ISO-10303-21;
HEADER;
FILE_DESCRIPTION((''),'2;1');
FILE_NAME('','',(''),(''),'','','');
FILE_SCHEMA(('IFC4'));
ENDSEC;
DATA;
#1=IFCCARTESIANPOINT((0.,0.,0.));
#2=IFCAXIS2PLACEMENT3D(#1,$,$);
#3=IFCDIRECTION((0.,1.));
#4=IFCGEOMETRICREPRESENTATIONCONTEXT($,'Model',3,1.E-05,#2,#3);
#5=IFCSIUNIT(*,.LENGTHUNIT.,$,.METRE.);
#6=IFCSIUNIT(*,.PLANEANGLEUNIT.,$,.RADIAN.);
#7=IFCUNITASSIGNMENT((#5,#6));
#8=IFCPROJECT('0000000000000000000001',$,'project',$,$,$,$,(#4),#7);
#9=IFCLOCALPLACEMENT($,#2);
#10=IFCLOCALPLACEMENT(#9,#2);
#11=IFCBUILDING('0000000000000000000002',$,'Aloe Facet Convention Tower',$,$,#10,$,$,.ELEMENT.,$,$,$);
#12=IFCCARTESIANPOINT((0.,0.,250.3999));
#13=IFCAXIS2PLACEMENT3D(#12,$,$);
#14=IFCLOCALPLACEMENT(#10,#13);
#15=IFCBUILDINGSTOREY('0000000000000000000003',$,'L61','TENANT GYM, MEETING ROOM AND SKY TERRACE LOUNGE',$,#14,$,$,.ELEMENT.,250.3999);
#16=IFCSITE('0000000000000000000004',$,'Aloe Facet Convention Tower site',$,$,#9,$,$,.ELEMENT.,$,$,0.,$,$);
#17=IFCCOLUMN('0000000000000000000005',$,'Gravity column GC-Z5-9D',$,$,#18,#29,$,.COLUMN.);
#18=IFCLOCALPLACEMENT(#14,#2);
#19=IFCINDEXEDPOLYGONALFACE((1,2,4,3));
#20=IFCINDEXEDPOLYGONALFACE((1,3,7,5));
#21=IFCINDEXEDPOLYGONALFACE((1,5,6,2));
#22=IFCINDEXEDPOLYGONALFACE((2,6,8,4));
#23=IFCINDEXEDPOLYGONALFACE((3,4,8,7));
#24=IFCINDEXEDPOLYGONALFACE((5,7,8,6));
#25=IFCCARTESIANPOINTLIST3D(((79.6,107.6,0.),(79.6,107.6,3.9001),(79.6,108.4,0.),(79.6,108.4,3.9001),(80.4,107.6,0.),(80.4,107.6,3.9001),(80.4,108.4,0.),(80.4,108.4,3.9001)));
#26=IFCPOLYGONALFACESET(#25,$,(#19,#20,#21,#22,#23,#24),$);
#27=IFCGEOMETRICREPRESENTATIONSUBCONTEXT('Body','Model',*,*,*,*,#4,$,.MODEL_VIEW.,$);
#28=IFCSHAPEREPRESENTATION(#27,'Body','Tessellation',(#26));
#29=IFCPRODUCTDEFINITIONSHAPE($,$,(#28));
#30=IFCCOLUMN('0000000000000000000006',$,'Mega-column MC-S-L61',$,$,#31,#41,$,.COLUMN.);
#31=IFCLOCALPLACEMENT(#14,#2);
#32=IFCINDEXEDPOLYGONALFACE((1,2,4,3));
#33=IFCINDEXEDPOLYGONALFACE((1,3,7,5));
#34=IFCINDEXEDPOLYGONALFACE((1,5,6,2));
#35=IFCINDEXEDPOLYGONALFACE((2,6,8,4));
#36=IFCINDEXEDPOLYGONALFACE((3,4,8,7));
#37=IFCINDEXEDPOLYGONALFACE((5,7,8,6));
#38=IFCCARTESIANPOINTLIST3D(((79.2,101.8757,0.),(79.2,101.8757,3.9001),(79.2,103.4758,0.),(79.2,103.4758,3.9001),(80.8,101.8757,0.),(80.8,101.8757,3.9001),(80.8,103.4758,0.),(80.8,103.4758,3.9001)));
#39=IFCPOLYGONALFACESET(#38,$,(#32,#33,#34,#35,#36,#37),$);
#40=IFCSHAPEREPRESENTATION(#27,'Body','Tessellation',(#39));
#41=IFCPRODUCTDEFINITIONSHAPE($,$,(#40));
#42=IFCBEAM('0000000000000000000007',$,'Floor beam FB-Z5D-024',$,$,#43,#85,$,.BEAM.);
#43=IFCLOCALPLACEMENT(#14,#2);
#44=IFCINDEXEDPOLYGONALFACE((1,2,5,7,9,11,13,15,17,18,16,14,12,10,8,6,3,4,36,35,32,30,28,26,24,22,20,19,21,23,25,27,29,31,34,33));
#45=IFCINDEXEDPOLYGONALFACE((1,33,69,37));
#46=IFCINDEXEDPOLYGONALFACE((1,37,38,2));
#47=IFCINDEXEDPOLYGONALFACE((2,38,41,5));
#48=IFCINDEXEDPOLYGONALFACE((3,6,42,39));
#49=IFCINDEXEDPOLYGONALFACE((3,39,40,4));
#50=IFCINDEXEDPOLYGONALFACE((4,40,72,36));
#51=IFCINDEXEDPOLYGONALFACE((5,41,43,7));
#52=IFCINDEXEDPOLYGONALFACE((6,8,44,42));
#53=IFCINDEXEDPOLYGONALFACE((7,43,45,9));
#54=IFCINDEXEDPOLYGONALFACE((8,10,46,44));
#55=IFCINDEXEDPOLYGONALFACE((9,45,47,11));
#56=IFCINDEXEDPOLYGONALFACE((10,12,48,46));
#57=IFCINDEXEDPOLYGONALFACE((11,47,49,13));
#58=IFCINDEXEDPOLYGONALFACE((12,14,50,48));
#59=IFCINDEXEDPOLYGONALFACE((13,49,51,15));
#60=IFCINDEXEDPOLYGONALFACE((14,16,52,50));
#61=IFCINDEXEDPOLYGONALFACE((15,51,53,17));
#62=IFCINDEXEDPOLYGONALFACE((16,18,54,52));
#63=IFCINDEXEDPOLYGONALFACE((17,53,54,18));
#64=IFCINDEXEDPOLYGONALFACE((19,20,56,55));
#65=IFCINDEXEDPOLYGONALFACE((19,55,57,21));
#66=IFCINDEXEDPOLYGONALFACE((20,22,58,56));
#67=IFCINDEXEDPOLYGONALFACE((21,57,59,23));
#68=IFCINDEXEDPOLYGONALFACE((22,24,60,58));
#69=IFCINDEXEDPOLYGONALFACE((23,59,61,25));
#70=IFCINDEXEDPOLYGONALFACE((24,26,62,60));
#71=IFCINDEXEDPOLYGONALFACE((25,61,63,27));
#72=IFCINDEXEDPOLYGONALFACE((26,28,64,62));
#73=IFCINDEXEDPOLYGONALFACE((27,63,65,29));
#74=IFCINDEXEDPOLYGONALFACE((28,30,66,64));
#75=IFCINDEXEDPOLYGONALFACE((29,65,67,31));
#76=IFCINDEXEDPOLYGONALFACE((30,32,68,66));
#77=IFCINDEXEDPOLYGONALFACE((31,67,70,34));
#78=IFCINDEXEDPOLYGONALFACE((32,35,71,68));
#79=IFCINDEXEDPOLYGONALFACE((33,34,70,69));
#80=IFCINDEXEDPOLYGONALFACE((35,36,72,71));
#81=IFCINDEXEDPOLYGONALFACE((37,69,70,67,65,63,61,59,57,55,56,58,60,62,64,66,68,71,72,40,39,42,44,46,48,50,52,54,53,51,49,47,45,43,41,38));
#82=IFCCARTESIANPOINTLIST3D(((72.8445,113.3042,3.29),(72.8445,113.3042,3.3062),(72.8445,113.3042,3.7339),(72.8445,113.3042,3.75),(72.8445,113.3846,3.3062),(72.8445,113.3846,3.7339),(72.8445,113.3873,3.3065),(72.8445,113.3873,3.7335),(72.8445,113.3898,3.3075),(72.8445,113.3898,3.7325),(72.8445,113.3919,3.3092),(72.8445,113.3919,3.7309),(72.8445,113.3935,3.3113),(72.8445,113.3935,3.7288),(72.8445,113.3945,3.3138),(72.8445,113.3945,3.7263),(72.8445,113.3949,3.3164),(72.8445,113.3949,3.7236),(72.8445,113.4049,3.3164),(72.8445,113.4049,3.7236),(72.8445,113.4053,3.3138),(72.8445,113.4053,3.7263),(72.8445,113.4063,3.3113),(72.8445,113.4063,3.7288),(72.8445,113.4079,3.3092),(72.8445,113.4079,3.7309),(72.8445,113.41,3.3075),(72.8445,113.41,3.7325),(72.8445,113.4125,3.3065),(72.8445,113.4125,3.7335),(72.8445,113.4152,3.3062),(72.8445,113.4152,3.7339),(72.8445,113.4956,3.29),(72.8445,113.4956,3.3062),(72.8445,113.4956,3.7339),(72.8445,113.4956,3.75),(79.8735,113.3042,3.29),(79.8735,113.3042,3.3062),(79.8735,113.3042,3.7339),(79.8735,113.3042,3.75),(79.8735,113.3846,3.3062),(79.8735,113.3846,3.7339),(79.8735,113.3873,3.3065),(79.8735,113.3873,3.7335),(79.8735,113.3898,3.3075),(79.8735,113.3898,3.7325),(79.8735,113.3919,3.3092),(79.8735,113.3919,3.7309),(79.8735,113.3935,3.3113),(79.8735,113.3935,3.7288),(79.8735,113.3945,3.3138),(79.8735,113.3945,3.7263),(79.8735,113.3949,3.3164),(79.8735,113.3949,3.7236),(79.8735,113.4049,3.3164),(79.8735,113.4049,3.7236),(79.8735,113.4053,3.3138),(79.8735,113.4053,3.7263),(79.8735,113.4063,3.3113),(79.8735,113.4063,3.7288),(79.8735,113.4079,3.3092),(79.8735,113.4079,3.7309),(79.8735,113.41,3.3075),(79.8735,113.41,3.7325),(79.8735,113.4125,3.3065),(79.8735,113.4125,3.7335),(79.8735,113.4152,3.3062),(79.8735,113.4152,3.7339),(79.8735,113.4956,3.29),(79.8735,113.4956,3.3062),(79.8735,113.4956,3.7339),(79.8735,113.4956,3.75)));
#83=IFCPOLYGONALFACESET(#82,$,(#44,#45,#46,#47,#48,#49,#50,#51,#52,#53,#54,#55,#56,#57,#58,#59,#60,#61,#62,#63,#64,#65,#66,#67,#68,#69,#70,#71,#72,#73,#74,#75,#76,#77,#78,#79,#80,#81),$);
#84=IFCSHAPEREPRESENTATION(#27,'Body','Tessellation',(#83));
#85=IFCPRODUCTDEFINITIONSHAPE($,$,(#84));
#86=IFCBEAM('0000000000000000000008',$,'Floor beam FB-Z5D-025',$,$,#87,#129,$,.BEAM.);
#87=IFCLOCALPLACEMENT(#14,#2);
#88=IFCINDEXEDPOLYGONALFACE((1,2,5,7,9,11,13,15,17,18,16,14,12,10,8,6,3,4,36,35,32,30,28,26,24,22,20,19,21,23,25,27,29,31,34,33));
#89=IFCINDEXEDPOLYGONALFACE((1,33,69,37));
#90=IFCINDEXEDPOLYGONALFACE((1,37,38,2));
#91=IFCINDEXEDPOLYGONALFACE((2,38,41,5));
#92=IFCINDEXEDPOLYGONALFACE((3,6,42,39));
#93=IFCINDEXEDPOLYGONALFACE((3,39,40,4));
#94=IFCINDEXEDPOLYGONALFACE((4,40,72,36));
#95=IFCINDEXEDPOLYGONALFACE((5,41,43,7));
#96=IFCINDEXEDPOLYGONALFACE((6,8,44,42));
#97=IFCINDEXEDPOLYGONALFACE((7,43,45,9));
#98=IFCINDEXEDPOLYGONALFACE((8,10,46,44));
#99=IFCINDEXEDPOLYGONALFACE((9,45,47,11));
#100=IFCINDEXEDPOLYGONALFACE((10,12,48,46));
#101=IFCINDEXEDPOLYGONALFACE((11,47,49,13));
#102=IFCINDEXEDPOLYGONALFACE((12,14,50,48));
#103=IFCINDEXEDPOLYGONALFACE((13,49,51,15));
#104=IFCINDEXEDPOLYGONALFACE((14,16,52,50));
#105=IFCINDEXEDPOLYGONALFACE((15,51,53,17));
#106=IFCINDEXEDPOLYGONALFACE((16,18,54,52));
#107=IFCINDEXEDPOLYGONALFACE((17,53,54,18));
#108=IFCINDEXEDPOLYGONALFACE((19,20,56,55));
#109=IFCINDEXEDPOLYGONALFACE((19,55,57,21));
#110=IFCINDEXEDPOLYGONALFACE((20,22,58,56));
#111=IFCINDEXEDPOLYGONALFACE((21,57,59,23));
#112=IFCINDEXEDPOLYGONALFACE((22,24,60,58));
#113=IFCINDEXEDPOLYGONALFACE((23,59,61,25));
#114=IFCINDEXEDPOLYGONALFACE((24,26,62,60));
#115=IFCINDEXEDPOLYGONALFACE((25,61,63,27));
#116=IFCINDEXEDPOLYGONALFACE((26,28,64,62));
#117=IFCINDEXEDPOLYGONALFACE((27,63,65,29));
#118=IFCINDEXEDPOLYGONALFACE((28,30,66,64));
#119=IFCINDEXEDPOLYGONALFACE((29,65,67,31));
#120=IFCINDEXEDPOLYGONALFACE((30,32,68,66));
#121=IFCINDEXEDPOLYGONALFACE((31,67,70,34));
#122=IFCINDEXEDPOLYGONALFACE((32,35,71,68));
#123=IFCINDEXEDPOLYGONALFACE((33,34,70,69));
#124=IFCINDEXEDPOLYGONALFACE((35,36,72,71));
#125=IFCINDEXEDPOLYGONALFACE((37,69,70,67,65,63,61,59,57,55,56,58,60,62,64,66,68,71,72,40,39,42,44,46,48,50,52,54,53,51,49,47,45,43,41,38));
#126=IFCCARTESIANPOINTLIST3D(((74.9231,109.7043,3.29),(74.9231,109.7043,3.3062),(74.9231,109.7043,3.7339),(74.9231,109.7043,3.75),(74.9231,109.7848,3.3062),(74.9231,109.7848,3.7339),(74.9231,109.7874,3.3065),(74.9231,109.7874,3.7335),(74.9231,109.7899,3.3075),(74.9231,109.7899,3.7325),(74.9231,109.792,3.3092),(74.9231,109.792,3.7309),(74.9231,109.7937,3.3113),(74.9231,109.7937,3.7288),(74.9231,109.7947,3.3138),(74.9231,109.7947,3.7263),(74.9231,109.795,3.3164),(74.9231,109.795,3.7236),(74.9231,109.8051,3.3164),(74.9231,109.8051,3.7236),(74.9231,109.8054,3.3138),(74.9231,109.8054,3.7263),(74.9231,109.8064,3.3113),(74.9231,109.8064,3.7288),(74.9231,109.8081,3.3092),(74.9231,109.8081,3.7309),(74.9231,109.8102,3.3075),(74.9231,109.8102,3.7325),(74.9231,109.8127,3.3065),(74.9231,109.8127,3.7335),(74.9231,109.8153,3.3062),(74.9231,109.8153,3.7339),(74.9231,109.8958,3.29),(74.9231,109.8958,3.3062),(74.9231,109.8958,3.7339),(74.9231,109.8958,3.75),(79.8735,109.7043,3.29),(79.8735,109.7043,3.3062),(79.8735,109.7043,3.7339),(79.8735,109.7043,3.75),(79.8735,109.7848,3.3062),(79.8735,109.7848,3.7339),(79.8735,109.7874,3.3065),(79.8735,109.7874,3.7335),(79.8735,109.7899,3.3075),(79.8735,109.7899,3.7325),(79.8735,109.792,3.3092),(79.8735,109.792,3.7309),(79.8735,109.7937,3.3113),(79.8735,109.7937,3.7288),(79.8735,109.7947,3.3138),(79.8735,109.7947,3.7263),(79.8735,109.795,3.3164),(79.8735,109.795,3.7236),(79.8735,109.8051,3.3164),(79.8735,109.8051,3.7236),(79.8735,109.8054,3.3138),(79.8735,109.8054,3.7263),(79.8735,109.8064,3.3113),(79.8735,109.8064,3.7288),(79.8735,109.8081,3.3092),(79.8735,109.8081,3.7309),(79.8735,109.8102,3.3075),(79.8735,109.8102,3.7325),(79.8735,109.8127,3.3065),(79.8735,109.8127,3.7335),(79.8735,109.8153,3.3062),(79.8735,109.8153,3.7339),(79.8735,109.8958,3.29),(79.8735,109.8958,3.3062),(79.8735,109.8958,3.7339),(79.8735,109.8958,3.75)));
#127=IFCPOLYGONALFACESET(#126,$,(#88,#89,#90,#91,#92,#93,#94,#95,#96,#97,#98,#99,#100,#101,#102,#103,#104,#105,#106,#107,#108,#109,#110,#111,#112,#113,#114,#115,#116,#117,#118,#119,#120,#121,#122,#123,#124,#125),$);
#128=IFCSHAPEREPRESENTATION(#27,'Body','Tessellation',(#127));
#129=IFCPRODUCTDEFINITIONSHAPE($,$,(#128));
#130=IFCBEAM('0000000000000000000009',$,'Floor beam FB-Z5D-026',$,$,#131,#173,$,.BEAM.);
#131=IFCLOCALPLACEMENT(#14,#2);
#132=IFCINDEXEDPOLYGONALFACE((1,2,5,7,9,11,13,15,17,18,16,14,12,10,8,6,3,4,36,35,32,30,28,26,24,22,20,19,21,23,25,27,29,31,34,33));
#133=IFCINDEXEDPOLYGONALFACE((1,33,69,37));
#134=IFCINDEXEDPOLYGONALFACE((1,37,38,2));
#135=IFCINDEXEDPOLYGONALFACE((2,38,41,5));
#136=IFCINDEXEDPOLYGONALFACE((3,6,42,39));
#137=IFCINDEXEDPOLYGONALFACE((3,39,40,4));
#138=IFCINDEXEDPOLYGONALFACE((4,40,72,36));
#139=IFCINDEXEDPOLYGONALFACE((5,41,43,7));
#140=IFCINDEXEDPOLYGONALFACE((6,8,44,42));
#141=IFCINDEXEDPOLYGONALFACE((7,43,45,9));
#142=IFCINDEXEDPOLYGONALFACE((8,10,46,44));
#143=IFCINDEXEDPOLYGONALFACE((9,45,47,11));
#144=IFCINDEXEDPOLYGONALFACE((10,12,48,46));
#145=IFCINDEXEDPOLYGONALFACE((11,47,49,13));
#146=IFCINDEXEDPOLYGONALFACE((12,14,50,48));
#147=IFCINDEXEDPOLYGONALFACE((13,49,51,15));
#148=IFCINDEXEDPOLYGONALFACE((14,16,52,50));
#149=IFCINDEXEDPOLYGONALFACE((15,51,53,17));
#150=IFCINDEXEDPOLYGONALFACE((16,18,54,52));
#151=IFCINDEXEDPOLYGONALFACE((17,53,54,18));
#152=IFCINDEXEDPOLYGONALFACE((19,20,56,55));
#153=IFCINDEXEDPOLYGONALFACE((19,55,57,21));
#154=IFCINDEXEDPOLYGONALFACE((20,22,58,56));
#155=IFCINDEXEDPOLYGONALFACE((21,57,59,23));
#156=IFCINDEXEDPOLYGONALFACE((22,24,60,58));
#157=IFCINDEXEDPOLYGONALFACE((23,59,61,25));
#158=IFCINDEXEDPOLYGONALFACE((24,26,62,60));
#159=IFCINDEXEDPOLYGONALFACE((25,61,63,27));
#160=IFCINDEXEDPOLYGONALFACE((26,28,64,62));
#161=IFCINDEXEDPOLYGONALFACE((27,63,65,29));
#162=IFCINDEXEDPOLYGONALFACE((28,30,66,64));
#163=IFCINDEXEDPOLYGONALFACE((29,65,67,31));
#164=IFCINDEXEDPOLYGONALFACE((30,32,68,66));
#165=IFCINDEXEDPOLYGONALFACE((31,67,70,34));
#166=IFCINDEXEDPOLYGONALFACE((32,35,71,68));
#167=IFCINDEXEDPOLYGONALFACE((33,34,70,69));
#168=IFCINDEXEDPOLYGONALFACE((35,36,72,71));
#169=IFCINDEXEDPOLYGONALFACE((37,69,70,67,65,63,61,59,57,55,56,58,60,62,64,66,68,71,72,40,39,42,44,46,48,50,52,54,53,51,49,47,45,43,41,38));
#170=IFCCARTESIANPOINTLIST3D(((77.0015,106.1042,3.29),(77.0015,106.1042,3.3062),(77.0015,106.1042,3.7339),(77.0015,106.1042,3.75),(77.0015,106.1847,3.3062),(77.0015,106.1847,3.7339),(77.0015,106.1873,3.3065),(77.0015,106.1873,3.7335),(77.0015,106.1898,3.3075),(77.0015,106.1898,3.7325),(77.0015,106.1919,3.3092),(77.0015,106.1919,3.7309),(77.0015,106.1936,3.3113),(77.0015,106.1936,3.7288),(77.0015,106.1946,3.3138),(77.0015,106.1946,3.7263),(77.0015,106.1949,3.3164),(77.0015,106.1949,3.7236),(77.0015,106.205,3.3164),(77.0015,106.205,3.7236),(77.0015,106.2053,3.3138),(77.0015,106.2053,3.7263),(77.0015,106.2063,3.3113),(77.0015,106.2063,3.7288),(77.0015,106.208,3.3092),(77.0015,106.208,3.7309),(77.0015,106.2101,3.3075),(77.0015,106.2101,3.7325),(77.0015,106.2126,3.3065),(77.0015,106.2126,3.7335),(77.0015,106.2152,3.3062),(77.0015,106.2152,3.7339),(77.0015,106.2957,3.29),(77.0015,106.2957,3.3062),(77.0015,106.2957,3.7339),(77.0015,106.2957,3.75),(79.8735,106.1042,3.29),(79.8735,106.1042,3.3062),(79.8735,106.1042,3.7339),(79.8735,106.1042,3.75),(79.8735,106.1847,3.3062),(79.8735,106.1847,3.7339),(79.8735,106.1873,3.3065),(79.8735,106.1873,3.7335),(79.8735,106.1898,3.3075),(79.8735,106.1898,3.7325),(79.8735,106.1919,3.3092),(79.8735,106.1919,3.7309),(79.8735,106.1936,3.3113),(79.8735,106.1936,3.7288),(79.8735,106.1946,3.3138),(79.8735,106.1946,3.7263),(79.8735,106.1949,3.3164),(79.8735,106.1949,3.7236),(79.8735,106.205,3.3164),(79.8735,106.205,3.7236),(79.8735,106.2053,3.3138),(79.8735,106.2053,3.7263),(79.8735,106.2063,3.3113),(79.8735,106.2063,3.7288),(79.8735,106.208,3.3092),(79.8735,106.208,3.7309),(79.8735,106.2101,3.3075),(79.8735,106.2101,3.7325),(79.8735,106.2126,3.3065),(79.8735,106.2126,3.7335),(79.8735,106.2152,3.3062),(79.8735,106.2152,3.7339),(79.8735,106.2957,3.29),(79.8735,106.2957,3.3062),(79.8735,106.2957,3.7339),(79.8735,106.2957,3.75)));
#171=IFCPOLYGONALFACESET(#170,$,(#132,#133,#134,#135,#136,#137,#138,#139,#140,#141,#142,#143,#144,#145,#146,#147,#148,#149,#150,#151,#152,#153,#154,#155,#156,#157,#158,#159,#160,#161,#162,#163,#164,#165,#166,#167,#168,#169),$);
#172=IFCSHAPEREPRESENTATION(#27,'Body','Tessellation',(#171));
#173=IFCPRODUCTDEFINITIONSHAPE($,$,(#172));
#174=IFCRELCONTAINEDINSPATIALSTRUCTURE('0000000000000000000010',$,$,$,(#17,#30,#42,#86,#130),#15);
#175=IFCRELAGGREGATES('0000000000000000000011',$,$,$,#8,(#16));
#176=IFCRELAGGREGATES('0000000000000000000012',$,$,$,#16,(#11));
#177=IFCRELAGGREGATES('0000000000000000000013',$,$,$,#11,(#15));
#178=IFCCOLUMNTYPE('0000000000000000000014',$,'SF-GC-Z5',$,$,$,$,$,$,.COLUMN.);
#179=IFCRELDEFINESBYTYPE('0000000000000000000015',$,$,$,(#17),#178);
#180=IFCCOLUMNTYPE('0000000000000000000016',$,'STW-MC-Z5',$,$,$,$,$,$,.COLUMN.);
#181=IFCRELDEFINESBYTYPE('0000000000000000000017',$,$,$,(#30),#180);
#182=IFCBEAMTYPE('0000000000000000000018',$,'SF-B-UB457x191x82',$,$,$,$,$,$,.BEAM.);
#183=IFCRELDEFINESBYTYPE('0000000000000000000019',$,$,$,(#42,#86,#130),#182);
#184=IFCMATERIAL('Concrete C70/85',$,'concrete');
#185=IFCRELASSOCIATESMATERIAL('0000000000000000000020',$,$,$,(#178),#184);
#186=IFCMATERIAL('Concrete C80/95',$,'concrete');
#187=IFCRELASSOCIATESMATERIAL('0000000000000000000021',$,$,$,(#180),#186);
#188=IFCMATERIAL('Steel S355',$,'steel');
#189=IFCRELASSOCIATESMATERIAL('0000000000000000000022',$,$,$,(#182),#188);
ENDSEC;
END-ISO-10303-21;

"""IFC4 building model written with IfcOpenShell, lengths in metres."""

from ifc_helpers import new_model, si_unit, direction, frame, origin, origin_2d, place, context, subcontext, project, spatial, rectangle, i_section, extrude, material, material_profile, profile_set, type_object, element, save


model = new_model("IFC4")

# Units and contexts
model_context = context("Model", 3, precision=1e-05, world=origin(), true_north=direction((0.0, 1.0)))
body_context = subcontext(model_context, "Body", "Model", "MODEL_VIEW")
ifc_project = project(units=[si_unit("LENGTHUNIT", "METRE"), si_unit("PLANEANGLEUNIT", "RADIAN")], contexts=[model_context])

# Site, building, storey
site_placement = place(None, origin())
site = spatial("IfcSite", under=ifc_project, at=site_placement, Name="Aloe Facet Convention Tower site", CompositionType="ELEMENT", RefElevation=0.0)
building_placement = place(site_placement, origin())
building = spatial("IfcBuilding", under=site, at=building_placement, Name="Aloe Facet Convention Tower", CompositionType="ELEMENT")
storey_placement = place(building_placement, frame((0.0, 0.0, 250.3999)))
storey = spatial("IfcBuildingStorey", under=building, at=storey_placement, Name="L61", Description="TENANT GYM, MEETING ROOM AND SKY TERRACE LOUNGE", CompositionType="ELEMENT", Elevation=250.3999)

# Columns
ifc_material_1 = material(Name="Concrete C70/85", Category="concrete")
ifc_material_profile_1 = material_profile(ifc_material_1, rectangle(XDim=0.8, YDim=0.8, at=origin_2d()), Name="SF-GC-Z5")
ifc_profile_set_1 = profile_set([ifc_material_profile_1], Name="Concrete C70/85")
column_type_1 = type_object("IfcColumnType", Name="SF-GC-Z5", PredefinedType="COLUMN", material=ifc_profile_set_1)
column_1_placement = place(storey_placement, frame((80.0, 108.0, 0.0), z_axis=(0.0, 0.0, 1.0), x_axis=(1.0, 0.0, 0.0)))
element("IfcColumn", 1, at=column_1_placement, inside=storey, type_object=column_type_1, Name="Gravity column GC-Z5-9D", PredefinedType="COLUMN", context=body_context, shape_type="SweptSolid", body=[
    extrude(rectangle(XDim=0.8, YDim=0.8, at=origin_2d()), origin(), (0.0, 0.0, 1.0), 3.9001),
])
ifc_material_2 = material(Name="Concrete C80/95", Category="concrete")
ifc_material_profile_2 = material_profile(ifc_material_2, rectangle(XDim=1.6001, YDim=1.6001, at=origin_2d()), Name="STW-MC-Z5")
ifc_profile_set_2 = profile_set([ifc_material_profile_2], Name="Concrete C80/95")
column_type_2 = type_object("IfcColumnType", Name="STW-MC-Z5", PredefinedType="COLUMN", material=ifc_profile_set_2)
column_2_placement = place(storey_placement, frame((80.0, 102.6758, 0.0), z_axis=(0.0, 0.0, 1.0), x_axis=(1.0, 0.0, 0.0)))
element("IfcColumn", 2, at=column_2_placement, inside=storey, type_object=column_type_2, Name="Mega-column MC-S-L61", PredefinedType="COLUMN", context=body_context, shape_type="SweptSolid", body=[
    extrude(rectangle(XDim=1.6001, YDim=1.6001, at=origin_2d()), origin(), (0.0, 0.0, 1.0), 3.9001),
])

# Beams
ifc_material_3 = material(Name="Steel S355", Category="steel")
ifc_material_profile_3 = material_profile(ifc_material_3, i_section(OverallWidth=0.1914, OverallDepth=0.46, WebThickness=0.01, FlangeThickness=0.0161, FilletRadius=0.0103, at=origin_2d()), Name="UB 457x191x82")
ifc_profile_set_3 = profile_set([ifc_material_profile_3], Name="Steel S355")
beam_type_1 = type_object("IfcBeamType", Name="SF-B-UB457x191x82", PredefinedType="BEAM", material=ifc_profile_set_3)
beam_1_placement = place(storey_placement, frame((72.8445, 113.3999, 3.52), z_axis=(1.0, 0.0, 0.0), x_axis=(0.0, 1.0, 0.0)))
element("IfcBeam", 3, at=beam_1_placement, inside=storey, type_object=beam_type_1, Name="Floor beam FB-Z5D-024", PredefinedType="BEAM", context=body_context, shape_type="SweptSolid", body=[
    extrude(i_section(OverallWidth=0.1914, OverallDepth=0.46, WebThickness=0.01, FlangeThickness=0.0161, FilletRadius=0.0103, at=origin_2d()), origin(), (0.0, 0.0, 1.0), 7.0291),
])
beam_2_placement = place(storey_placement, frame((74.9231, 109.8, 3.52), z_axis=(1.0, 0.0, 0.0), x_axis=(0.0, 1.0, 0.0)))
element("IfcBeam", 4, at=beam_2_placement, inside=storey, type_object=beam_type_1, Name="Floor beam FB-Z5D-025", PredefinedType="BEAM", context=body_context, shape_type="SweptSolid", body=[
    extrude(i_section(OverallWidth=0.1914, OverallDepth=0.46, WebThickness=0.01, FlangeThickness=0.0161, FilletRadius=0.0103, at=origin_2d()), origin(), (0.0, 0.0, 1.0), 4.9504),
])
for number, where, z_axis, x_axis, name in (
    (5, (77.0015, 106.2, 3.52), (1.0, 0.0, 0.0), (0.0, 1.0, 0.0), "Floor beam FB-Z5D-026"),
):
    element("IfcBeam", number, at=place(storey_placement, frame(where, z_axis=z_axis, x_axis=x_axis)), inside=storey, type_object=beam_type_1, Name=name, PredefinedType="BEAM", context=body_context, shape_type="SweptSolid", body=[
        extrude(i_section(OverallWidth=0.1914, OverallDepth=0.46, WebThickness=0.01, FlangeThickness=0.0161, FilletRadius=0.0103, at=origin_2d()), origin(), (0.0, 0.0, 1.0), 2.8721),
    ])

save(model, "model.ifc")
